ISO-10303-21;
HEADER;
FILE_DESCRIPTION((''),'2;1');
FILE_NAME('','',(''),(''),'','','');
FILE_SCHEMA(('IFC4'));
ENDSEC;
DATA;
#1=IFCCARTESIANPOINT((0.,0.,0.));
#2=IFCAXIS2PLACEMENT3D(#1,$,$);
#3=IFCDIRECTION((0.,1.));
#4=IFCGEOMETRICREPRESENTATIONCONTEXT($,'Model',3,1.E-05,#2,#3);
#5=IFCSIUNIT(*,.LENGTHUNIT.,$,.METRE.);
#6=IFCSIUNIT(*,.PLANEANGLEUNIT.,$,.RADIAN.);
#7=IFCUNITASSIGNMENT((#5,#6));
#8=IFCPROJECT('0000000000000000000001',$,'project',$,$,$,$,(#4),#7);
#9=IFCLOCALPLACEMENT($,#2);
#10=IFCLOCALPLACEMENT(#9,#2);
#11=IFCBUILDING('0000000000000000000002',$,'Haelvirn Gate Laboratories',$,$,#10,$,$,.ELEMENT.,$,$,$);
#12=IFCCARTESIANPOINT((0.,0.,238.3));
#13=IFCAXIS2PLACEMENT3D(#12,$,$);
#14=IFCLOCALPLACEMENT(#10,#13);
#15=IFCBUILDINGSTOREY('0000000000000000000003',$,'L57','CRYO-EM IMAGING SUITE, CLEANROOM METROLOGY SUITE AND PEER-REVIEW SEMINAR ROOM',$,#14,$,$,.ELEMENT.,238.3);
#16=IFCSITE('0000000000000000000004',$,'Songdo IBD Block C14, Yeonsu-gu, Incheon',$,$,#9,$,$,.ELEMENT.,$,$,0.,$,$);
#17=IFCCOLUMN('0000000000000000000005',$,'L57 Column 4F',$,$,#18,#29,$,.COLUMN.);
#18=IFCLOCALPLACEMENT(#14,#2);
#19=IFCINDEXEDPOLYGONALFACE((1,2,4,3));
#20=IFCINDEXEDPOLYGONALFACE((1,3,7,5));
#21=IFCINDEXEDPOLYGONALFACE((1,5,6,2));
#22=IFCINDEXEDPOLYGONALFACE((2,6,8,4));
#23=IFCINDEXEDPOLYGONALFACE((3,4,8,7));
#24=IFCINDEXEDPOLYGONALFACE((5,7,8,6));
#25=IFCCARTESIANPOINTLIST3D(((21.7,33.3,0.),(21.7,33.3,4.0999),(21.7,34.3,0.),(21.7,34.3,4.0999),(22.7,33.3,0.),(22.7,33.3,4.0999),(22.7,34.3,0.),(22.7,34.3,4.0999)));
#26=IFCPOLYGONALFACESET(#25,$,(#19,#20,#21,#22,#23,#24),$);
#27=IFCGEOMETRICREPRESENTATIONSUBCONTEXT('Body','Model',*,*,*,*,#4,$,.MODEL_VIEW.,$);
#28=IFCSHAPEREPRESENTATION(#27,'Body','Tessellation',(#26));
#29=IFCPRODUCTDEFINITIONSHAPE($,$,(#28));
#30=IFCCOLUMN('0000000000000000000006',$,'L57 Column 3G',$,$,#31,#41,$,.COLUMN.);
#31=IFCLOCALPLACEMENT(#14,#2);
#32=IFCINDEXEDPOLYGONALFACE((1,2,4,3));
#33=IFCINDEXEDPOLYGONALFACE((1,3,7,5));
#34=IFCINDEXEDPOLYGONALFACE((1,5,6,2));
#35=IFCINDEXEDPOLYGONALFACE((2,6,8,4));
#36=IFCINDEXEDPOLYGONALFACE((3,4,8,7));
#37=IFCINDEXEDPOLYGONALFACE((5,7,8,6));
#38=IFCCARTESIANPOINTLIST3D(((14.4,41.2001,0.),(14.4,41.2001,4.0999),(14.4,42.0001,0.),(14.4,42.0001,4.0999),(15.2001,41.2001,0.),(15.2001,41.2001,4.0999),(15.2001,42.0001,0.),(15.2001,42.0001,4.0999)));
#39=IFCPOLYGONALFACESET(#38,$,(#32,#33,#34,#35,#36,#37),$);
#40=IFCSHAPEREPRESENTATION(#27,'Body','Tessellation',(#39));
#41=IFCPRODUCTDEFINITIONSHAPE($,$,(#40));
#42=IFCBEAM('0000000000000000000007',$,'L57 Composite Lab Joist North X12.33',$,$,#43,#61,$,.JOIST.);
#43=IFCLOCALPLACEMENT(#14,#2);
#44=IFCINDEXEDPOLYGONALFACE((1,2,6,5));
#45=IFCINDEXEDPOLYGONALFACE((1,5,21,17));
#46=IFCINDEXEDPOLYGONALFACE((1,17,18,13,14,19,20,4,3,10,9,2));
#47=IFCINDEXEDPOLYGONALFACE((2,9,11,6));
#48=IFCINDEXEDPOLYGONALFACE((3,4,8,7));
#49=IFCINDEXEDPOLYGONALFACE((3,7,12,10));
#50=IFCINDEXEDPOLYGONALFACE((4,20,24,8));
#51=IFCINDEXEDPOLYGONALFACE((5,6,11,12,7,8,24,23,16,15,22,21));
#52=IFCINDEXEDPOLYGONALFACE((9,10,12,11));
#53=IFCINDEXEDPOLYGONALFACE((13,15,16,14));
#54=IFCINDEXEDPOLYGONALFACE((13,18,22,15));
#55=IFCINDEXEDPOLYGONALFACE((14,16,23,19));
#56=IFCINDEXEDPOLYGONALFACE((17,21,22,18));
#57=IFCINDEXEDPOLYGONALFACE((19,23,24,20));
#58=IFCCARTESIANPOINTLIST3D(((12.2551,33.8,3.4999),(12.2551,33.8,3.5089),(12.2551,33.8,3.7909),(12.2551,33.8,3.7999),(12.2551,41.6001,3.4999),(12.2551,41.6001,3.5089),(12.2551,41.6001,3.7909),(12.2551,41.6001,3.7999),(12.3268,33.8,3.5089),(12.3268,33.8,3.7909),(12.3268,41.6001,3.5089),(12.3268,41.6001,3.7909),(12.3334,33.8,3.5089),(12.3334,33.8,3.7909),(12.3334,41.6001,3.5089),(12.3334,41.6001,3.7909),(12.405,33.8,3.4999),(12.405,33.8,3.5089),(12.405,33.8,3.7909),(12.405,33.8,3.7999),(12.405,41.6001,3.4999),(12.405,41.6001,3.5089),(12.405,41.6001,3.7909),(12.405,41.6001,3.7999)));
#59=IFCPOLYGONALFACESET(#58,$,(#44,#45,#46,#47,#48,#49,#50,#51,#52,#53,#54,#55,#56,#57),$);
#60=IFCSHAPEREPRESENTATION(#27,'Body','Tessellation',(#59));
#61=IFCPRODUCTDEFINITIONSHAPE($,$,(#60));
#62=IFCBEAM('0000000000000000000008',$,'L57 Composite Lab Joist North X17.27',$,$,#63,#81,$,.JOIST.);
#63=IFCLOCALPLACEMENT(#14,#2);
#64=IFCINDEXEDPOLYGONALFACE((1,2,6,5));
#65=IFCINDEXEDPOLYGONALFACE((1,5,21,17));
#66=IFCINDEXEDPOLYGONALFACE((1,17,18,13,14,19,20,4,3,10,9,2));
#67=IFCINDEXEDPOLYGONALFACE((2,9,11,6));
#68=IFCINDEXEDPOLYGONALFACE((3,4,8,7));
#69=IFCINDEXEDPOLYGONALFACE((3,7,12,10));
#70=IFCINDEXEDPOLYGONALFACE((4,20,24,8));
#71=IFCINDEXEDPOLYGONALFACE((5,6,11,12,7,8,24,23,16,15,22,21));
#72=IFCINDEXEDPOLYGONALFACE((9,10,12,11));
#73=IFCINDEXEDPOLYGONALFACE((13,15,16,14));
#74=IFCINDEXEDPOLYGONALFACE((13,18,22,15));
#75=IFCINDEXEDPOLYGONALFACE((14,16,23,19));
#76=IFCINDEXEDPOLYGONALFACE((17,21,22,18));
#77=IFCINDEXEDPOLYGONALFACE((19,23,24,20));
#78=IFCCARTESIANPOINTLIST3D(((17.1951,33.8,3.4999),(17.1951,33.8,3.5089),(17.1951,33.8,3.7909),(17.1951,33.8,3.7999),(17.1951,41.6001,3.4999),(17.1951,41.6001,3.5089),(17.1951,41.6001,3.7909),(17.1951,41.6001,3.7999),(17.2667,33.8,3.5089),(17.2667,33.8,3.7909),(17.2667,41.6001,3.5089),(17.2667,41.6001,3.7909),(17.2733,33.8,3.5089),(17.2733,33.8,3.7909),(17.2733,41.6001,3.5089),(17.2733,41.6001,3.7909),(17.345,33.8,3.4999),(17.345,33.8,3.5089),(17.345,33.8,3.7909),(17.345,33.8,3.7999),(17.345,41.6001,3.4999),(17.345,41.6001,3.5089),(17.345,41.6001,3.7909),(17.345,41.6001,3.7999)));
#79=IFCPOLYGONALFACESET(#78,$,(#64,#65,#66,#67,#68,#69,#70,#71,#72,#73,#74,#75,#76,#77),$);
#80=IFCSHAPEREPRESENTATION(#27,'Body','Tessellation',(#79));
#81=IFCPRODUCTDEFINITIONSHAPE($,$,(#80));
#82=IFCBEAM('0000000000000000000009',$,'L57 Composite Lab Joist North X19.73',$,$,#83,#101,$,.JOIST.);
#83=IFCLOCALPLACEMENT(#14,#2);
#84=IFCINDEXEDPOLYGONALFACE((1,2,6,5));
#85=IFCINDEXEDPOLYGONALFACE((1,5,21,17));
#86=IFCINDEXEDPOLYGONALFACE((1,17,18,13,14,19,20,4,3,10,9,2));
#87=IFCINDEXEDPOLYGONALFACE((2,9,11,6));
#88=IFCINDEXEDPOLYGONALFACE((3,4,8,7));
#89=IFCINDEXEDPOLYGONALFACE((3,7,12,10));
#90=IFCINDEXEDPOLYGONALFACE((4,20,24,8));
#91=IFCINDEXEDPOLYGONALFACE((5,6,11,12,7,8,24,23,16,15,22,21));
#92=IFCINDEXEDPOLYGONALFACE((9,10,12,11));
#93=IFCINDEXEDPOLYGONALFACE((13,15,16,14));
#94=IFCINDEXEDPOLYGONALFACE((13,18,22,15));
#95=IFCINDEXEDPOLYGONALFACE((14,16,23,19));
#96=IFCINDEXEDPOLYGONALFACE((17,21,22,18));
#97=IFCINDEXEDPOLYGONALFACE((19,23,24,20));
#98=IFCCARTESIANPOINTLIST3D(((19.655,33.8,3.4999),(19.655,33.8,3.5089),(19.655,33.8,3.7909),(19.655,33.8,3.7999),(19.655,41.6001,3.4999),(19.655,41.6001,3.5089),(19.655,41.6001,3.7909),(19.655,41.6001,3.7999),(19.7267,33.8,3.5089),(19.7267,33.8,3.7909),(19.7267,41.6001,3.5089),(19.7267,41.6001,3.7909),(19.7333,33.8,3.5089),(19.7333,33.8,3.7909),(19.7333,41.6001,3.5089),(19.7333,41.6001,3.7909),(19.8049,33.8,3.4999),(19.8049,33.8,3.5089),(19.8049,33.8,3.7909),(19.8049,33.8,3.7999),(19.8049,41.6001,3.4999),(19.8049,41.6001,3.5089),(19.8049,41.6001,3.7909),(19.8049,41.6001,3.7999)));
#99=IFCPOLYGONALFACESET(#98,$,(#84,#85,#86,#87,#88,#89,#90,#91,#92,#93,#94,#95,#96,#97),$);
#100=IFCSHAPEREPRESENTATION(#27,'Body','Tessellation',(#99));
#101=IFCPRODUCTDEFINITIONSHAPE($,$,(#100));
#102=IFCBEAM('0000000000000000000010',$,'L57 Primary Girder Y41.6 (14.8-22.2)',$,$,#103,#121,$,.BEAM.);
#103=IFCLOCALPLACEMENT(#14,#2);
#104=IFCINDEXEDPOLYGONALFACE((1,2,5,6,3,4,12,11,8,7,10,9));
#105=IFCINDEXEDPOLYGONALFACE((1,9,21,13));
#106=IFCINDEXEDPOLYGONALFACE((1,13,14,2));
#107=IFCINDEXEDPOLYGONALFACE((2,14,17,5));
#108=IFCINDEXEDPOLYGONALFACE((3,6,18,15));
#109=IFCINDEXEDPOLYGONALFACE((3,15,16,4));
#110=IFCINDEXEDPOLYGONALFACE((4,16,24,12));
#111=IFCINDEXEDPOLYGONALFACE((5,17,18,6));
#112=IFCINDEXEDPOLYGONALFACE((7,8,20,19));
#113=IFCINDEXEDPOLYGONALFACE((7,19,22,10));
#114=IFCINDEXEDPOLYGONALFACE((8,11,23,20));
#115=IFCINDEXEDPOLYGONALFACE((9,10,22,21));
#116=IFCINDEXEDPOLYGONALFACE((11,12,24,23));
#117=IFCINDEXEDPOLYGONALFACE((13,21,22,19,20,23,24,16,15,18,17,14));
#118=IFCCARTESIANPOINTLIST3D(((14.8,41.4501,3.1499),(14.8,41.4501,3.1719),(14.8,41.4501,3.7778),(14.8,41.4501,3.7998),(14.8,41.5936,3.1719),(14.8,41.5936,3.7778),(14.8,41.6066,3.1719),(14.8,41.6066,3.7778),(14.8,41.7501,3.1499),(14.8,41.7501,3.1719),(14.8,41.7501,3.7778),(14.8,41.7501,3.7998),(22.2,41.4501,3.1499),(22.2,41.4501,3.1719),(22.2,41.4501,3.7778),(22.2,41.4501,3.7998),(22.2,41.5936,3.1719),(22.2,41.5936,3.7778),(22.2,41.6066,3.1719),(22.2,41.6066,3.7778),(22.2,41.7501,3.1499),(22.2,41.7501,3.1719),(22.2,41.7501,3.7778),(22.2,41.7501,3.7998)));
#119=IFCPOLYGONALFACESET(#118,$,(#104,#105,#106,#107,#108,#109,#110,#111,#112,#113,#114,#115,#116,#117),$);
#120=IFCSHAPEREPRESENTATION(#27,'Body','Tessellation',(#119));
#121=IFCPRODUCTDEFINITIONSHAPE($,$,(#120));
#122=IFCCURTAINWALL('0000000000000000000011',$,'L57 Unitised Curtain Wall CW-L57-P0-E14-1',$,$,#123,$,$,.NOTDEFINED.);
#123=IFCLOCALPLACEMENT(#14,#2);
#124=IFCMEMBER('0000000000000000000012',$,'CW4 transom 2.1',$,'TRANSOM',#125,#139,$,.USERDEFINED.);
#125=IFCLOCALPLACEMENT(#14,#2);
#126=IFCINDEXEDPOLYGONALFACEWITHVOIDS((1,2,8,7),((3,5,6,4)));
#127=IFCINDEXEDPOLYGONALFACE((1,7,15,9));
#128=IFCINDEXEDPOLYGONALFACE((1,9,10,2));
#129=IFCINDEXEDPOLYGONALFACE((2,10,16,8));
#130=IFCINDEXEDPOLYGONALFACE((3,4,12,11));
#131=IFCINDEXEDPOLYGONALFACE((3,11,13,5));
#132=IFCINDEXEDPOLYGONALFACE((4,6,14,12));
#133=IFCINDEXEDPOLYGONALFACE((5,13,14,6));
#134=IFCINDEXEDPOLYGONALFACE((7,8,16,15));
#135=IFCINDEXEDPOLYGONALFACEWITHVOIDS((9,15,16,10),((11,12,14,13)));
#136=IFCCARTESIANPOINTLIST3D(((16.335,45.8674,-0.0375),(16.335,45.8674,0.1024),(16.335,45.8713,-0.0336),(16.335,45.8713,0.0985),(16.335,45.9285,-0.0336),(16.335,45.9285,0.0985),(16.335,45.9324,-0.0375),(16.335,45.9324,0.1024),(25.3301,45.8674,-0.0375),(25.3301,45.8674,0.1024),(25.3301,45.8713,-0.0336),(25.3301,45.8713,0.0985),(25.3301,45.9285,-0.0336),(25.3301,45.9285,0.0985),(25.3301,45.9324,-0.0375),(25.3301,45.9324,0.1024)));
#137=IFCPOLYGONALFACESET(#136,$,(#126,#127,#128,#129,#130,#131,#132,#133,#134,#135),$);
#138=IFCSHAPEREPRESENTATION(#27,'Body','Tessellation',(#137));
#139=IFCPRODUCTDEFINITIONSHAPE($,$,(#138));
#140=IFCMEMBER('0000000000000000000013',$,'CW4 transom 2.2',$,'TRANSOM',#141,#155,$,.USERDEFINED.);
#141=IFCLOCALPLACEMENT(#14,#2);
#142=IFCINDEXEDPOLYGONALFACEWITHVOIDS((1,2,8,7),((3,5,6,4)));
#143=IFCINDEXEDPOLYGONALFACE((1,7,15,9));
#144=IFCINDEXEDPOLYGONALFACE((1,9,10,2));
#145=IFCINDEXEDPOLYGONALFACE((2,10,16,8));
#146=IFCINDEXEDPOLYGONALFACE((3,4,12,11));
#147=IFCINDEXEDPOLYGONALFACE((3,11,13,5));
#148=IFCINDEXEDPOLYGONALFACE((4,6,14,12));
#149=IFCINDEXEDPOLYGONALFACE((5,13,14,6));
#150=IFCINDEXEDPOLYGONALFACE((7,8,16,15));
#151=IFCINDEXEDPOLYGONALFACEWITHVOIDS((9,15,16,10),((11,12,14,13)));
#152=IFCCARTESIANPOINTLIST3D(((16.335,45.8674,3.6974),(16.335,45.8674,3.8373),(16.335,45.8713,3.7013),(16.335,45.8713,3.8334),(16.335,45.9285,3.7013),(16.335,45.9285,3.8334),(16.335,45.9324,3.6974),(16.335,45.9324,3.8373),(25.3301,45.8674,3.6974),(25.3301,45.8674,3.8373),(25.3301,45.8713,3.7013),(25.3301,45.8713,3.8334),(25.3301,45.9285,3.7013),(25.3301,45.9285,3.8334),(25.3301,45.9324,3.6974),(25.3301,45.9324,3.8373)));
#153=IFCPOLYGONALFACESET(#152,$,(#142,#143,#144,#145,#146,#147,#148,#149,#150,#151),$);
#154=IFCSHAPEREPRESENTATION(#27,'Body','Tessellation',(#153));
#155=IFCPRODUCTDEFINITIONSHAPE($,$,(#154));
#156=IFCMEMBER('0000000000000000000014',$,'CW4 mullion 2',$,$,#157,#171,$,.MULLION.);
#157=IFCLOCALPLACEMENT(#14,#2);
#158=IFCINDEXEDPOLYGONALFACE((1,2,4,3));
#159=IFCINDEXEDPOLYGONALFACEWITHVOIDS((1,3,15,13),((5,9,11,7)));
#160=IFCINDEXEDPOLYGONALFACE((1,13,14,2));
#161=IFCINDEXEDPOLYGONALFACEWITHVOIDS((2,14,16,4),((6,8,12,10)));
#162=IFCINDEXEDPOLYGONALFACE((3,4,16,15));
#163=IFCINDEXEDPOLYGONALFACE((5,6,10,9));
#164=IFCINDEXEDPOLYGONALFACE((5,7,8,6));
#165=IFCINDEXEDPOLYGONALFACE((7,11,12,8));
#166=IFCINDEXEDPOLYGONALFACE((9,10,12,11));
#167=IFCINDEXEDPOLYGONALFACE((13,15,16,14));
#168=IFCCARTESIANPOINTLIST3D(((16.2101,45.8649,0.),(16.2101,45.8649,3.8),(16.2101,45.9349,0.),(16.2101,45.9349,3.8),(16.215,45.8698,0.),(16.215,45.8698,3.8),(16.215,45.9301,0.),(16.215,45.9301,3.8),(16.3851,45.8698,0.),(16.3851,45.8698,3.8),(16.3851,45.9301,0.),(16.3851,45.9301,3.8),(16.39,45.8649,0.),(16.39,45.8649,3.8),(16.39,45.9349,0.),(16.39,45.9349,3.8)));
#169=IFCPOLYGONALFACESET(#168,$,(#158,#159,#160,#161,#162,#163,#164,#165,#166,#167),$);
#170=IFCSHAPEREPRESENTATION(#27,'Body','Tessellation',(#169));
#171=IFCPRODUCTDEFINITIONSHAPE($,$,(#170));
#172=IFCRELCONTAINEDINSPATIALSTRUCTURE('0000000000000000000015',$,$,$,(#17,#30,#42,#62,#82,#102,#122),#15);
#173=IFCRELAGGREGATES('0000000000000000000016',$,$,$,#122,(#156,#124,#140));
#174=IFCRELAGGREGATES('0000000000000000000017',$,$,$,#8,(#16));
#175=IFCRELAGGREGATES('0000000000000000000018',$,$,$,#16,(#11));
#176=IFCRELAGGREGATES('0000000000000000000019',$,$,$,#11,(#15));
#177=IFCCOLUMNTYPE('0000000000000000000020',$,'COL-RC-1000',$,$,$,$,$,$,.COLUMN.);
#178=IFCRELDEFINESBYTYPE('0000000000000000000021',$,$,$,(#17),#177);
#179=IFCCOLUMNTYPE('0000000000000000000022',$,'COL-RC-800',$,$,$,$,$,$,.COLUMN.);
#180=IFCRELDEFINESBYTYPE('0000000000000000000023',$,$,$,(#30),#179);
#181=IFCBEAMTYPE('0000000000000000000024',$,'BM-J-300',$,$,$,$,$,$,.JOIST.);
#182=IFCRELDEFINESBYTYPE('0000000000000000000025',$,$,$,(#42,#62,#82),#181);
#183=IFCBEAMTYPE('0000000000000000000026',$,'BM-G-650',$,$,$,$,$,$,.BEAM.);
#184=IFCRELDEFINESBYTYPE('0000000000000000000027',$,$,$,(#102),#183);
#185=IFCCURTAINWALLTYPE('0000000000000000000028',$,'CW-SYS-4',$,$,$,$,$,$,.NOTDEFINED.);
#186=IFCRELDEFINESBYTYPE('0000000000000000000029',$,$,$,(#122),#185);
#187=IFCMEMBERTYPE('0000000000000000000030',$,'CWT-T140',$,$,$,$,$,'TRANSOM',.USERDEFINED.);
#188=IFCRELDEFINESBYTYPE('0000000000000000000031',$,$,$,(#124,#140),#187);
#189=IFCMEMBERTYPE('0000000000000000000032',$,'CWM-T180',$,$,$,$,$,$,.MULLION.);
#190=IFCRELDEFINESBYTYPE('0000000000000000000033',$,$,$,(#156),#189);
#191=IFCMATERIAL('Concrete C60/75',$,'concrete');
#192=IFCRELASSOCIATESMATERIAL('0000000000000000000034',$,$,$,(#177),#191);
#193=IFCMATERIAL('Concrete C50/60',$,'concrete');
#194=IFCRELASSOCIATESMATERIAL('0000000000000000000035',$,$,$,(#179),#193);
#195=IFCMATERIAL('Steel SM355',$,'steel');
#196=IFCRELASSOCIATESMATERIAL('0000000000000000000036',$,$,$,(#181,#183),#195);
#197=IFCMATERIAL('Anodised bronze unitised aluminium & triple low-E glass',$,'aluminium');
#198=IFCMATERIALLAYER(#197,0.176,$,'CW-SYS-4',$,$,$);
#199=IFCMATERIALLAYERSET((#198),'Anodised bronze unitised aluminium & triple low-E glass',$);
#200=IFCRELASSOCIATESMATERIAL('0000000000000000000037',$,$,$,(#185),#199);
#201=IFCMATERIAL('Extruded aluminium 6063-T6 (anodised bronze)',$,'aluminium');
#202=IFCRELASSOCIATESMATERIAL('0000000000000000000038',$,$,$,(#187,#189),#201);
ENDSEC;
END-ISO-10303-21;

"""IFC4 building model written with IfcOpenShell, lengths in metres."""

from ifc_helpers import new_model, si_unit, direction, frame, origin, origin_2d, place, context, subcontext, project, spatial, rectangle, hollow_rectangle, i_section, extrude, source, transform, mapped, material, layer, layer_set, material_profile, profile_set, type_object, type_shapes, element, aggregate, save


model = new_model("IFC4")

# Units and contexts
model_context = context("Model", 3, precision=1e-05, world=origin(), true_north=direction((0.0, 1.0)))
body_context = subcontext(model_context, "Body", "Model", "MODEL_VIEW")
ifc_project = project(units=[si_unit("LENGTHUNIT", "METRE"), si_unit("PLANEANGLEUNIT", "RADIAN")], contexts=[model_context])

# Site, building, storey
site_placement = place(None, origin())
site = spatial("IfcSite", under=ifc_project, at=site_placement, Name="Songdo IBD Block C14, Yeonsu-gu, Incheon", CompositionType="ELEMENT", RefElevation=0.0)
building_placement = place(site_placement, origin())
building = spatial("IfcBuilding", under=site, at=building_placement, Name="Haelvirn Gate Laboratories", CompositionType="ELEMENT")
storey_placement = place(building_placement, frame((0.0, 0.0, 238.3)))
storey = spatial("IfcBuildingStorey", under=building, at=storey_placement, Name="L57", Description="CRYO-EM IMAGING SUITE, CLEANROOM METROLOGY SUITE AND PEER-REVIEW SEMINAR ROOM", CompositionType="ELEMENT", Elevation=238.3)

# Columns
ifc_material_1 = material(Name="Concrete C60/75", Category="concrete")
ifc_material_profile_1 = material_profile(ifc_material_1, rectangle(XDim=1.0, YDim=1.0, at=origin_2d()), Name="RC-1000x1000")
ifc_profile_set_1 = profile_set([ifc_material_profile_1], Name="Concrete C60/75")
column_type_1 = type_object("IfcColumnType", Name="COL-RC-1000", PredefinedType="COLUMN", material=ifc_profile_set_1)
shared_shape_1 = source(origin(), body_context, "Body", "SweptSolid", [
    extrude(rectangle(XDim=1.0, YDim=1.0, at=origin_2d()), origin(), (0.0, 0.0, 1.0), 4.0999),
])
type_shapes(column_type_1, [shared_shape_1])
column_1_placement = place(storey_placement, frame((22.2, 33.8, 0.0), z_axis=(0.0, 0.0, 1.0), x_axis=(1.0, 0.0, 0.0)))
element("IfcColumn", 1, at=column_1_placement, inside=storey, type_object=column_type_1, Name="L57 Column 4F", PredefinedType="COLUMN", context=body_context, shape_type="MappedRepresentation", body=[
    mapped(shared_shape_1, transform((0.0, 0.0, 0.0), scale=1.0)),
])
ifc_material_2 = material(Name="Concrete C50/60", Category="concrete")
ifc_material_profile_2 = material_profile(ifc_material_2, rectangle(XDim=0.8, YDim=0.8, at=origin_2d()), Name="RC-800x800")
ifc_profile_set_2 = profile_set([ifc_material_profile_2], Name="Concrete C50/60")
column_type_2 = type_object("IfcColumnType", Name="COL-RC-800", PredefinedType="COLUMN", material=ifc_profile_set_2)
shared_shape_2 = source(origin(), body_context, "Body", "SweptSolid", [
    extrude(rectangle(XDim=0.8, YDim=0.8, at=origin_2d()), origin(), (0.0, 0.0, 1.0), 4.0999),
])
type_shapes(column_type_2, [shared_shape_2])
column_2_placement = place(storey_placement, frame((14.8, 41.6001, 0.0), z_axis=(0.0, 0.0, 1.0), x_axis=(1.0, 0.0, 0.0)))
element("IfcColumn", 2, at=column_2_placement, inside=storey, type_object=column_type_2, Name="L57 Column 3G", PredefinedType="COLUMN", context=body_context, shape_type="MappedRepresentation", body=[
    mapped(shared_shape_2, transform((0.0, 0.0, 0.0), scale=1.0)),
])

# Beams
ifc_material_3 = material(Name="Steel SM355", Category="steel")
ifc_material_profile_3 = material_profile(ifc_material_3, i_section(OverallWidth=0.1499, OverallDepth=0.3, WebThickness=0.0066, FlangeThickness=0.009, at=origin_2d()), Name="H-300x150x6.5x9")
ifc_profile_set_3 = profile_set([ifc_material_profile_3], Name="Steel SM355")
beam_type_1 = type_object("IfcBeamType", Name="BM-J-300", PredefinedType="JOIST", material=ifc_profile_set_3)
shared_shape_3 = source(origin(), body_context, "Body", "SweptSolid", [
    extrude(i_section(OverallWidth=0.1499, OverallDepth=0.3, WebThickness=0.0066, FlangeThickness=0.009, at=origin_2d()), origin(), (0.0, 0.0, 1.0), 7.8),
])
type_shapes(beam_type_1, [shared_shape_3])
for number, where, z_axis, x_axis, name in (
    (3, (12.3301, 33.8, 3.6499), (0.0, 1.0, 0.0), (-1.0, 0.0, 0.0), "L57 Composite Lab Joist North X12.33"),
    (4, (17.27, 33.8, 3.6499), (0.0, 1.0, 0.0), (-1.0, 0.0, 0.0), "L57 Composite Lab Joist North X17.27"),
    (5, (19.73, 33.8, 3.6499), (0.0, 1.0, 0.0), (-1.0, 0.0, 0.0), "L57 Composite Lab Joist North X19.73"),
):
    element("IfcBeam", number, at=place(storey_placement, frame(where, z_axis=z_axis, x_axis=x_axis)), inside=storey, type_object=beam_type_1, Name=name, PredefinedType="JOIST", context=body_context, shape_type="MappedRepresentation", body=[
        mapped(shared_shape_3, transform((0.0, 0.0, 0.0), scale=1.0)),
    ])
ifc_material_profile_4 = material_profile(ifc_material_3, i_section(OverallWidth=0.3, OverallDepth=0.6499, WebThickness=0.0129, FlangeThickness=0.022, at=origin_2d()), Name="H-650x300x13x22")
ifc_profile_set_4 = profile_set([ifc_material_profile_4], Name="Steel SM355")
beam_type_2 = type_object("IfcBeamType", Name="BM-G-650", PredefinedType="BEAM", material=ifc_profile_set_4)
shared_shape_4 = source(origin(), body_context, "Body", "SweptSolid", [
    extrude(i_section(OverallWidth=0.3, OverallDepth=0.6499, WebThickness=0.0129, FlangeThickness=0.022, at=origin_2d()), origin(), (0.0, 0.0, 1.0), 7.3999),
])
type_shapes(beam_type_2, [shared_shape_4])
beam_placement = place(storey_placement, frame((14.8, 41.6001, 3.4749), z_axis=(1.0, 0.0, 0.0), x_axis=(0.0, 1.0, 0.0)))
element("IfcBeam", 6, at=beam_placement, inside=storey, type_object=beam_type_2, Name="L57 Primary Girder Y41.6 (14.8-22.2)", PredefinedType="BEAM", context=body_context, shape_type="MappedRepresentation", body=[
    mapped(shared_shape_4, transform((0.0, 0.0, 0.0), scale=1.0)),
])

# Curtain wall, members
ifc_material_4 = material(Name="Anodised bronze unitised aluminium & triple low-E glass", Category="aluminium")
ifc_layer_1 = layer(ifc_material_4, 0.176, Name="CW-SYS-4")
ifc_layer_set_1 = layer_set([ifc_layer_1], Name="Anodised bronze unitised aluminium & triple low-E glass")
curtain_wall_type = type_object("IfcCurtainWallType", Name="CW-SYS-4", PredefinedType="NOTDEFINED", material=ifc_layer_set_1)
curtain_wall_placement = place(storey_placement, origin())
curtain_wall = element("IfcCurtainWall", 7, at=curtain_wall_placement, inside=storey, type_object=curtain_wall_type, Name="L57 Unitised Curtain Wall CW-L57-P0-E14-1", PredefinedType="NOTDEFINED")
ifc_material_5 = material(Name="Extruded aluminium 6063-T6 (anodised bronze)", Category="aluminium")
ifc_material_profile_5 = material_profile(ifc_material_5, hollow_rectangle(XDim=0.0649, YDim=0.1399, WallThickness=0.0039, at=origin_2d()), Name="CWT-140x65x4")
ifc_profile_set_5 = profile_set([ifc_material_profile_5], Name="Extruded aluminium 6063-T6 (anodised bronze)")
member_type_1 = type_object("IfcMemberType", Name="CWT-T140", ElementType="TRANSOM", PredefinedType="USERDEFINED", material=ifc_profile_set_5)
shared_shape_5 = source(origin(), body_context, "Body", "SweptSolid", [
    extrude(hollow_rectangle(XDim=0.0649, YDim=0.1399, WallThickness=0.0039, at=origin_2d()), origin(), (0.0, 0.0, 1.0), 8.9951),
])
type_shapes(member_type_1, [shared_shape_5])
member_1_placement = place(storey_placement, frame((16.335, 45.8999, 0.0325), z_axis=(1.0, 0.0, 0.0), x_axis=(0.0, 1.0, 0.0)))
member_1 = element("IfcMember", 8, at=member_1_placement, type_object=member_type_1, Name="CW4 transom 2.1", ObjectType="TRANSOM", PredefinedType="USERDEFINED", context=body_context, shape_type="MappedRepresentation", body=[
    mapped(shared_shape_5, transform((0.0, 0.0, 0.0), scale=1.0)),
])
member_2_placement = place(storey_placement, frame((16.335, 45.8999, 3.7673), z_axis=(1.0, 0.0, 0.0), x_axis=(0.0, 1.0, 0.0)))
member_2 = element("IfcMember", 9, at=member_2_placement, type_object=member_type_1, Name="CW4 transom 2.2", ObjectType="TRANSOM", PredefinedType="USERDEFINED", context=body_context, shape_type="MappedRepresentation", body=[
    mapped(shared_shape_5, transform((0.0, 0.0, 0.0), scale=1.0)),
])
ifc_material_profile_6 = material_profile(ifc_material_5, hollow_rectangle(XDim=0.0701, YDim=0.1799, WallThickness=0.0049, at=origin_2d()), Name="CWM-180x70x5")
ifc_profile_set_6 = profile_set([ifc_material_profile_6], Name="Extruded aluminium 6063-T6 (anodised bronze)")
member_type_2 = type_object("IfcMemberType", Name="CWM-T180", PredefinedType="MULLION", material=ifc_profile_set_6)
shared_shape_6 = source(origin(), body_context, "Body", "SweptSolid", [
    extrude(hollow_rectangle(XDim=0.0701, YDim=0.1799, WallThickness=0.0049, at=origin_2d()), origin(), (0.0, 0.0, 1.0), 3.8),
])
type_shapes(member_type_2, [shared_shape_6])
member_3_placement = place(storey_placement, frame((16.3, 45.8999, 0.0), z_axis=(0.0, 0.0, 1.0), x_axis=(0.0, 1.0, 0.0)))
member_3 = element("IfcMember", 10, at=member_3_placement, type_object=member_type_2, Name="CW4 mullion 2", PredefinedType="MULLION", context=body_context, shape_type="MappedRepresentation", body=[
    mapped(shared_shape_6, transform((0.0, 0.0, 0.0), scale=1.0)),
])
aggregate(curtain_wall, [member_3, member_1, member_2])

save(model, "model.ifc")
